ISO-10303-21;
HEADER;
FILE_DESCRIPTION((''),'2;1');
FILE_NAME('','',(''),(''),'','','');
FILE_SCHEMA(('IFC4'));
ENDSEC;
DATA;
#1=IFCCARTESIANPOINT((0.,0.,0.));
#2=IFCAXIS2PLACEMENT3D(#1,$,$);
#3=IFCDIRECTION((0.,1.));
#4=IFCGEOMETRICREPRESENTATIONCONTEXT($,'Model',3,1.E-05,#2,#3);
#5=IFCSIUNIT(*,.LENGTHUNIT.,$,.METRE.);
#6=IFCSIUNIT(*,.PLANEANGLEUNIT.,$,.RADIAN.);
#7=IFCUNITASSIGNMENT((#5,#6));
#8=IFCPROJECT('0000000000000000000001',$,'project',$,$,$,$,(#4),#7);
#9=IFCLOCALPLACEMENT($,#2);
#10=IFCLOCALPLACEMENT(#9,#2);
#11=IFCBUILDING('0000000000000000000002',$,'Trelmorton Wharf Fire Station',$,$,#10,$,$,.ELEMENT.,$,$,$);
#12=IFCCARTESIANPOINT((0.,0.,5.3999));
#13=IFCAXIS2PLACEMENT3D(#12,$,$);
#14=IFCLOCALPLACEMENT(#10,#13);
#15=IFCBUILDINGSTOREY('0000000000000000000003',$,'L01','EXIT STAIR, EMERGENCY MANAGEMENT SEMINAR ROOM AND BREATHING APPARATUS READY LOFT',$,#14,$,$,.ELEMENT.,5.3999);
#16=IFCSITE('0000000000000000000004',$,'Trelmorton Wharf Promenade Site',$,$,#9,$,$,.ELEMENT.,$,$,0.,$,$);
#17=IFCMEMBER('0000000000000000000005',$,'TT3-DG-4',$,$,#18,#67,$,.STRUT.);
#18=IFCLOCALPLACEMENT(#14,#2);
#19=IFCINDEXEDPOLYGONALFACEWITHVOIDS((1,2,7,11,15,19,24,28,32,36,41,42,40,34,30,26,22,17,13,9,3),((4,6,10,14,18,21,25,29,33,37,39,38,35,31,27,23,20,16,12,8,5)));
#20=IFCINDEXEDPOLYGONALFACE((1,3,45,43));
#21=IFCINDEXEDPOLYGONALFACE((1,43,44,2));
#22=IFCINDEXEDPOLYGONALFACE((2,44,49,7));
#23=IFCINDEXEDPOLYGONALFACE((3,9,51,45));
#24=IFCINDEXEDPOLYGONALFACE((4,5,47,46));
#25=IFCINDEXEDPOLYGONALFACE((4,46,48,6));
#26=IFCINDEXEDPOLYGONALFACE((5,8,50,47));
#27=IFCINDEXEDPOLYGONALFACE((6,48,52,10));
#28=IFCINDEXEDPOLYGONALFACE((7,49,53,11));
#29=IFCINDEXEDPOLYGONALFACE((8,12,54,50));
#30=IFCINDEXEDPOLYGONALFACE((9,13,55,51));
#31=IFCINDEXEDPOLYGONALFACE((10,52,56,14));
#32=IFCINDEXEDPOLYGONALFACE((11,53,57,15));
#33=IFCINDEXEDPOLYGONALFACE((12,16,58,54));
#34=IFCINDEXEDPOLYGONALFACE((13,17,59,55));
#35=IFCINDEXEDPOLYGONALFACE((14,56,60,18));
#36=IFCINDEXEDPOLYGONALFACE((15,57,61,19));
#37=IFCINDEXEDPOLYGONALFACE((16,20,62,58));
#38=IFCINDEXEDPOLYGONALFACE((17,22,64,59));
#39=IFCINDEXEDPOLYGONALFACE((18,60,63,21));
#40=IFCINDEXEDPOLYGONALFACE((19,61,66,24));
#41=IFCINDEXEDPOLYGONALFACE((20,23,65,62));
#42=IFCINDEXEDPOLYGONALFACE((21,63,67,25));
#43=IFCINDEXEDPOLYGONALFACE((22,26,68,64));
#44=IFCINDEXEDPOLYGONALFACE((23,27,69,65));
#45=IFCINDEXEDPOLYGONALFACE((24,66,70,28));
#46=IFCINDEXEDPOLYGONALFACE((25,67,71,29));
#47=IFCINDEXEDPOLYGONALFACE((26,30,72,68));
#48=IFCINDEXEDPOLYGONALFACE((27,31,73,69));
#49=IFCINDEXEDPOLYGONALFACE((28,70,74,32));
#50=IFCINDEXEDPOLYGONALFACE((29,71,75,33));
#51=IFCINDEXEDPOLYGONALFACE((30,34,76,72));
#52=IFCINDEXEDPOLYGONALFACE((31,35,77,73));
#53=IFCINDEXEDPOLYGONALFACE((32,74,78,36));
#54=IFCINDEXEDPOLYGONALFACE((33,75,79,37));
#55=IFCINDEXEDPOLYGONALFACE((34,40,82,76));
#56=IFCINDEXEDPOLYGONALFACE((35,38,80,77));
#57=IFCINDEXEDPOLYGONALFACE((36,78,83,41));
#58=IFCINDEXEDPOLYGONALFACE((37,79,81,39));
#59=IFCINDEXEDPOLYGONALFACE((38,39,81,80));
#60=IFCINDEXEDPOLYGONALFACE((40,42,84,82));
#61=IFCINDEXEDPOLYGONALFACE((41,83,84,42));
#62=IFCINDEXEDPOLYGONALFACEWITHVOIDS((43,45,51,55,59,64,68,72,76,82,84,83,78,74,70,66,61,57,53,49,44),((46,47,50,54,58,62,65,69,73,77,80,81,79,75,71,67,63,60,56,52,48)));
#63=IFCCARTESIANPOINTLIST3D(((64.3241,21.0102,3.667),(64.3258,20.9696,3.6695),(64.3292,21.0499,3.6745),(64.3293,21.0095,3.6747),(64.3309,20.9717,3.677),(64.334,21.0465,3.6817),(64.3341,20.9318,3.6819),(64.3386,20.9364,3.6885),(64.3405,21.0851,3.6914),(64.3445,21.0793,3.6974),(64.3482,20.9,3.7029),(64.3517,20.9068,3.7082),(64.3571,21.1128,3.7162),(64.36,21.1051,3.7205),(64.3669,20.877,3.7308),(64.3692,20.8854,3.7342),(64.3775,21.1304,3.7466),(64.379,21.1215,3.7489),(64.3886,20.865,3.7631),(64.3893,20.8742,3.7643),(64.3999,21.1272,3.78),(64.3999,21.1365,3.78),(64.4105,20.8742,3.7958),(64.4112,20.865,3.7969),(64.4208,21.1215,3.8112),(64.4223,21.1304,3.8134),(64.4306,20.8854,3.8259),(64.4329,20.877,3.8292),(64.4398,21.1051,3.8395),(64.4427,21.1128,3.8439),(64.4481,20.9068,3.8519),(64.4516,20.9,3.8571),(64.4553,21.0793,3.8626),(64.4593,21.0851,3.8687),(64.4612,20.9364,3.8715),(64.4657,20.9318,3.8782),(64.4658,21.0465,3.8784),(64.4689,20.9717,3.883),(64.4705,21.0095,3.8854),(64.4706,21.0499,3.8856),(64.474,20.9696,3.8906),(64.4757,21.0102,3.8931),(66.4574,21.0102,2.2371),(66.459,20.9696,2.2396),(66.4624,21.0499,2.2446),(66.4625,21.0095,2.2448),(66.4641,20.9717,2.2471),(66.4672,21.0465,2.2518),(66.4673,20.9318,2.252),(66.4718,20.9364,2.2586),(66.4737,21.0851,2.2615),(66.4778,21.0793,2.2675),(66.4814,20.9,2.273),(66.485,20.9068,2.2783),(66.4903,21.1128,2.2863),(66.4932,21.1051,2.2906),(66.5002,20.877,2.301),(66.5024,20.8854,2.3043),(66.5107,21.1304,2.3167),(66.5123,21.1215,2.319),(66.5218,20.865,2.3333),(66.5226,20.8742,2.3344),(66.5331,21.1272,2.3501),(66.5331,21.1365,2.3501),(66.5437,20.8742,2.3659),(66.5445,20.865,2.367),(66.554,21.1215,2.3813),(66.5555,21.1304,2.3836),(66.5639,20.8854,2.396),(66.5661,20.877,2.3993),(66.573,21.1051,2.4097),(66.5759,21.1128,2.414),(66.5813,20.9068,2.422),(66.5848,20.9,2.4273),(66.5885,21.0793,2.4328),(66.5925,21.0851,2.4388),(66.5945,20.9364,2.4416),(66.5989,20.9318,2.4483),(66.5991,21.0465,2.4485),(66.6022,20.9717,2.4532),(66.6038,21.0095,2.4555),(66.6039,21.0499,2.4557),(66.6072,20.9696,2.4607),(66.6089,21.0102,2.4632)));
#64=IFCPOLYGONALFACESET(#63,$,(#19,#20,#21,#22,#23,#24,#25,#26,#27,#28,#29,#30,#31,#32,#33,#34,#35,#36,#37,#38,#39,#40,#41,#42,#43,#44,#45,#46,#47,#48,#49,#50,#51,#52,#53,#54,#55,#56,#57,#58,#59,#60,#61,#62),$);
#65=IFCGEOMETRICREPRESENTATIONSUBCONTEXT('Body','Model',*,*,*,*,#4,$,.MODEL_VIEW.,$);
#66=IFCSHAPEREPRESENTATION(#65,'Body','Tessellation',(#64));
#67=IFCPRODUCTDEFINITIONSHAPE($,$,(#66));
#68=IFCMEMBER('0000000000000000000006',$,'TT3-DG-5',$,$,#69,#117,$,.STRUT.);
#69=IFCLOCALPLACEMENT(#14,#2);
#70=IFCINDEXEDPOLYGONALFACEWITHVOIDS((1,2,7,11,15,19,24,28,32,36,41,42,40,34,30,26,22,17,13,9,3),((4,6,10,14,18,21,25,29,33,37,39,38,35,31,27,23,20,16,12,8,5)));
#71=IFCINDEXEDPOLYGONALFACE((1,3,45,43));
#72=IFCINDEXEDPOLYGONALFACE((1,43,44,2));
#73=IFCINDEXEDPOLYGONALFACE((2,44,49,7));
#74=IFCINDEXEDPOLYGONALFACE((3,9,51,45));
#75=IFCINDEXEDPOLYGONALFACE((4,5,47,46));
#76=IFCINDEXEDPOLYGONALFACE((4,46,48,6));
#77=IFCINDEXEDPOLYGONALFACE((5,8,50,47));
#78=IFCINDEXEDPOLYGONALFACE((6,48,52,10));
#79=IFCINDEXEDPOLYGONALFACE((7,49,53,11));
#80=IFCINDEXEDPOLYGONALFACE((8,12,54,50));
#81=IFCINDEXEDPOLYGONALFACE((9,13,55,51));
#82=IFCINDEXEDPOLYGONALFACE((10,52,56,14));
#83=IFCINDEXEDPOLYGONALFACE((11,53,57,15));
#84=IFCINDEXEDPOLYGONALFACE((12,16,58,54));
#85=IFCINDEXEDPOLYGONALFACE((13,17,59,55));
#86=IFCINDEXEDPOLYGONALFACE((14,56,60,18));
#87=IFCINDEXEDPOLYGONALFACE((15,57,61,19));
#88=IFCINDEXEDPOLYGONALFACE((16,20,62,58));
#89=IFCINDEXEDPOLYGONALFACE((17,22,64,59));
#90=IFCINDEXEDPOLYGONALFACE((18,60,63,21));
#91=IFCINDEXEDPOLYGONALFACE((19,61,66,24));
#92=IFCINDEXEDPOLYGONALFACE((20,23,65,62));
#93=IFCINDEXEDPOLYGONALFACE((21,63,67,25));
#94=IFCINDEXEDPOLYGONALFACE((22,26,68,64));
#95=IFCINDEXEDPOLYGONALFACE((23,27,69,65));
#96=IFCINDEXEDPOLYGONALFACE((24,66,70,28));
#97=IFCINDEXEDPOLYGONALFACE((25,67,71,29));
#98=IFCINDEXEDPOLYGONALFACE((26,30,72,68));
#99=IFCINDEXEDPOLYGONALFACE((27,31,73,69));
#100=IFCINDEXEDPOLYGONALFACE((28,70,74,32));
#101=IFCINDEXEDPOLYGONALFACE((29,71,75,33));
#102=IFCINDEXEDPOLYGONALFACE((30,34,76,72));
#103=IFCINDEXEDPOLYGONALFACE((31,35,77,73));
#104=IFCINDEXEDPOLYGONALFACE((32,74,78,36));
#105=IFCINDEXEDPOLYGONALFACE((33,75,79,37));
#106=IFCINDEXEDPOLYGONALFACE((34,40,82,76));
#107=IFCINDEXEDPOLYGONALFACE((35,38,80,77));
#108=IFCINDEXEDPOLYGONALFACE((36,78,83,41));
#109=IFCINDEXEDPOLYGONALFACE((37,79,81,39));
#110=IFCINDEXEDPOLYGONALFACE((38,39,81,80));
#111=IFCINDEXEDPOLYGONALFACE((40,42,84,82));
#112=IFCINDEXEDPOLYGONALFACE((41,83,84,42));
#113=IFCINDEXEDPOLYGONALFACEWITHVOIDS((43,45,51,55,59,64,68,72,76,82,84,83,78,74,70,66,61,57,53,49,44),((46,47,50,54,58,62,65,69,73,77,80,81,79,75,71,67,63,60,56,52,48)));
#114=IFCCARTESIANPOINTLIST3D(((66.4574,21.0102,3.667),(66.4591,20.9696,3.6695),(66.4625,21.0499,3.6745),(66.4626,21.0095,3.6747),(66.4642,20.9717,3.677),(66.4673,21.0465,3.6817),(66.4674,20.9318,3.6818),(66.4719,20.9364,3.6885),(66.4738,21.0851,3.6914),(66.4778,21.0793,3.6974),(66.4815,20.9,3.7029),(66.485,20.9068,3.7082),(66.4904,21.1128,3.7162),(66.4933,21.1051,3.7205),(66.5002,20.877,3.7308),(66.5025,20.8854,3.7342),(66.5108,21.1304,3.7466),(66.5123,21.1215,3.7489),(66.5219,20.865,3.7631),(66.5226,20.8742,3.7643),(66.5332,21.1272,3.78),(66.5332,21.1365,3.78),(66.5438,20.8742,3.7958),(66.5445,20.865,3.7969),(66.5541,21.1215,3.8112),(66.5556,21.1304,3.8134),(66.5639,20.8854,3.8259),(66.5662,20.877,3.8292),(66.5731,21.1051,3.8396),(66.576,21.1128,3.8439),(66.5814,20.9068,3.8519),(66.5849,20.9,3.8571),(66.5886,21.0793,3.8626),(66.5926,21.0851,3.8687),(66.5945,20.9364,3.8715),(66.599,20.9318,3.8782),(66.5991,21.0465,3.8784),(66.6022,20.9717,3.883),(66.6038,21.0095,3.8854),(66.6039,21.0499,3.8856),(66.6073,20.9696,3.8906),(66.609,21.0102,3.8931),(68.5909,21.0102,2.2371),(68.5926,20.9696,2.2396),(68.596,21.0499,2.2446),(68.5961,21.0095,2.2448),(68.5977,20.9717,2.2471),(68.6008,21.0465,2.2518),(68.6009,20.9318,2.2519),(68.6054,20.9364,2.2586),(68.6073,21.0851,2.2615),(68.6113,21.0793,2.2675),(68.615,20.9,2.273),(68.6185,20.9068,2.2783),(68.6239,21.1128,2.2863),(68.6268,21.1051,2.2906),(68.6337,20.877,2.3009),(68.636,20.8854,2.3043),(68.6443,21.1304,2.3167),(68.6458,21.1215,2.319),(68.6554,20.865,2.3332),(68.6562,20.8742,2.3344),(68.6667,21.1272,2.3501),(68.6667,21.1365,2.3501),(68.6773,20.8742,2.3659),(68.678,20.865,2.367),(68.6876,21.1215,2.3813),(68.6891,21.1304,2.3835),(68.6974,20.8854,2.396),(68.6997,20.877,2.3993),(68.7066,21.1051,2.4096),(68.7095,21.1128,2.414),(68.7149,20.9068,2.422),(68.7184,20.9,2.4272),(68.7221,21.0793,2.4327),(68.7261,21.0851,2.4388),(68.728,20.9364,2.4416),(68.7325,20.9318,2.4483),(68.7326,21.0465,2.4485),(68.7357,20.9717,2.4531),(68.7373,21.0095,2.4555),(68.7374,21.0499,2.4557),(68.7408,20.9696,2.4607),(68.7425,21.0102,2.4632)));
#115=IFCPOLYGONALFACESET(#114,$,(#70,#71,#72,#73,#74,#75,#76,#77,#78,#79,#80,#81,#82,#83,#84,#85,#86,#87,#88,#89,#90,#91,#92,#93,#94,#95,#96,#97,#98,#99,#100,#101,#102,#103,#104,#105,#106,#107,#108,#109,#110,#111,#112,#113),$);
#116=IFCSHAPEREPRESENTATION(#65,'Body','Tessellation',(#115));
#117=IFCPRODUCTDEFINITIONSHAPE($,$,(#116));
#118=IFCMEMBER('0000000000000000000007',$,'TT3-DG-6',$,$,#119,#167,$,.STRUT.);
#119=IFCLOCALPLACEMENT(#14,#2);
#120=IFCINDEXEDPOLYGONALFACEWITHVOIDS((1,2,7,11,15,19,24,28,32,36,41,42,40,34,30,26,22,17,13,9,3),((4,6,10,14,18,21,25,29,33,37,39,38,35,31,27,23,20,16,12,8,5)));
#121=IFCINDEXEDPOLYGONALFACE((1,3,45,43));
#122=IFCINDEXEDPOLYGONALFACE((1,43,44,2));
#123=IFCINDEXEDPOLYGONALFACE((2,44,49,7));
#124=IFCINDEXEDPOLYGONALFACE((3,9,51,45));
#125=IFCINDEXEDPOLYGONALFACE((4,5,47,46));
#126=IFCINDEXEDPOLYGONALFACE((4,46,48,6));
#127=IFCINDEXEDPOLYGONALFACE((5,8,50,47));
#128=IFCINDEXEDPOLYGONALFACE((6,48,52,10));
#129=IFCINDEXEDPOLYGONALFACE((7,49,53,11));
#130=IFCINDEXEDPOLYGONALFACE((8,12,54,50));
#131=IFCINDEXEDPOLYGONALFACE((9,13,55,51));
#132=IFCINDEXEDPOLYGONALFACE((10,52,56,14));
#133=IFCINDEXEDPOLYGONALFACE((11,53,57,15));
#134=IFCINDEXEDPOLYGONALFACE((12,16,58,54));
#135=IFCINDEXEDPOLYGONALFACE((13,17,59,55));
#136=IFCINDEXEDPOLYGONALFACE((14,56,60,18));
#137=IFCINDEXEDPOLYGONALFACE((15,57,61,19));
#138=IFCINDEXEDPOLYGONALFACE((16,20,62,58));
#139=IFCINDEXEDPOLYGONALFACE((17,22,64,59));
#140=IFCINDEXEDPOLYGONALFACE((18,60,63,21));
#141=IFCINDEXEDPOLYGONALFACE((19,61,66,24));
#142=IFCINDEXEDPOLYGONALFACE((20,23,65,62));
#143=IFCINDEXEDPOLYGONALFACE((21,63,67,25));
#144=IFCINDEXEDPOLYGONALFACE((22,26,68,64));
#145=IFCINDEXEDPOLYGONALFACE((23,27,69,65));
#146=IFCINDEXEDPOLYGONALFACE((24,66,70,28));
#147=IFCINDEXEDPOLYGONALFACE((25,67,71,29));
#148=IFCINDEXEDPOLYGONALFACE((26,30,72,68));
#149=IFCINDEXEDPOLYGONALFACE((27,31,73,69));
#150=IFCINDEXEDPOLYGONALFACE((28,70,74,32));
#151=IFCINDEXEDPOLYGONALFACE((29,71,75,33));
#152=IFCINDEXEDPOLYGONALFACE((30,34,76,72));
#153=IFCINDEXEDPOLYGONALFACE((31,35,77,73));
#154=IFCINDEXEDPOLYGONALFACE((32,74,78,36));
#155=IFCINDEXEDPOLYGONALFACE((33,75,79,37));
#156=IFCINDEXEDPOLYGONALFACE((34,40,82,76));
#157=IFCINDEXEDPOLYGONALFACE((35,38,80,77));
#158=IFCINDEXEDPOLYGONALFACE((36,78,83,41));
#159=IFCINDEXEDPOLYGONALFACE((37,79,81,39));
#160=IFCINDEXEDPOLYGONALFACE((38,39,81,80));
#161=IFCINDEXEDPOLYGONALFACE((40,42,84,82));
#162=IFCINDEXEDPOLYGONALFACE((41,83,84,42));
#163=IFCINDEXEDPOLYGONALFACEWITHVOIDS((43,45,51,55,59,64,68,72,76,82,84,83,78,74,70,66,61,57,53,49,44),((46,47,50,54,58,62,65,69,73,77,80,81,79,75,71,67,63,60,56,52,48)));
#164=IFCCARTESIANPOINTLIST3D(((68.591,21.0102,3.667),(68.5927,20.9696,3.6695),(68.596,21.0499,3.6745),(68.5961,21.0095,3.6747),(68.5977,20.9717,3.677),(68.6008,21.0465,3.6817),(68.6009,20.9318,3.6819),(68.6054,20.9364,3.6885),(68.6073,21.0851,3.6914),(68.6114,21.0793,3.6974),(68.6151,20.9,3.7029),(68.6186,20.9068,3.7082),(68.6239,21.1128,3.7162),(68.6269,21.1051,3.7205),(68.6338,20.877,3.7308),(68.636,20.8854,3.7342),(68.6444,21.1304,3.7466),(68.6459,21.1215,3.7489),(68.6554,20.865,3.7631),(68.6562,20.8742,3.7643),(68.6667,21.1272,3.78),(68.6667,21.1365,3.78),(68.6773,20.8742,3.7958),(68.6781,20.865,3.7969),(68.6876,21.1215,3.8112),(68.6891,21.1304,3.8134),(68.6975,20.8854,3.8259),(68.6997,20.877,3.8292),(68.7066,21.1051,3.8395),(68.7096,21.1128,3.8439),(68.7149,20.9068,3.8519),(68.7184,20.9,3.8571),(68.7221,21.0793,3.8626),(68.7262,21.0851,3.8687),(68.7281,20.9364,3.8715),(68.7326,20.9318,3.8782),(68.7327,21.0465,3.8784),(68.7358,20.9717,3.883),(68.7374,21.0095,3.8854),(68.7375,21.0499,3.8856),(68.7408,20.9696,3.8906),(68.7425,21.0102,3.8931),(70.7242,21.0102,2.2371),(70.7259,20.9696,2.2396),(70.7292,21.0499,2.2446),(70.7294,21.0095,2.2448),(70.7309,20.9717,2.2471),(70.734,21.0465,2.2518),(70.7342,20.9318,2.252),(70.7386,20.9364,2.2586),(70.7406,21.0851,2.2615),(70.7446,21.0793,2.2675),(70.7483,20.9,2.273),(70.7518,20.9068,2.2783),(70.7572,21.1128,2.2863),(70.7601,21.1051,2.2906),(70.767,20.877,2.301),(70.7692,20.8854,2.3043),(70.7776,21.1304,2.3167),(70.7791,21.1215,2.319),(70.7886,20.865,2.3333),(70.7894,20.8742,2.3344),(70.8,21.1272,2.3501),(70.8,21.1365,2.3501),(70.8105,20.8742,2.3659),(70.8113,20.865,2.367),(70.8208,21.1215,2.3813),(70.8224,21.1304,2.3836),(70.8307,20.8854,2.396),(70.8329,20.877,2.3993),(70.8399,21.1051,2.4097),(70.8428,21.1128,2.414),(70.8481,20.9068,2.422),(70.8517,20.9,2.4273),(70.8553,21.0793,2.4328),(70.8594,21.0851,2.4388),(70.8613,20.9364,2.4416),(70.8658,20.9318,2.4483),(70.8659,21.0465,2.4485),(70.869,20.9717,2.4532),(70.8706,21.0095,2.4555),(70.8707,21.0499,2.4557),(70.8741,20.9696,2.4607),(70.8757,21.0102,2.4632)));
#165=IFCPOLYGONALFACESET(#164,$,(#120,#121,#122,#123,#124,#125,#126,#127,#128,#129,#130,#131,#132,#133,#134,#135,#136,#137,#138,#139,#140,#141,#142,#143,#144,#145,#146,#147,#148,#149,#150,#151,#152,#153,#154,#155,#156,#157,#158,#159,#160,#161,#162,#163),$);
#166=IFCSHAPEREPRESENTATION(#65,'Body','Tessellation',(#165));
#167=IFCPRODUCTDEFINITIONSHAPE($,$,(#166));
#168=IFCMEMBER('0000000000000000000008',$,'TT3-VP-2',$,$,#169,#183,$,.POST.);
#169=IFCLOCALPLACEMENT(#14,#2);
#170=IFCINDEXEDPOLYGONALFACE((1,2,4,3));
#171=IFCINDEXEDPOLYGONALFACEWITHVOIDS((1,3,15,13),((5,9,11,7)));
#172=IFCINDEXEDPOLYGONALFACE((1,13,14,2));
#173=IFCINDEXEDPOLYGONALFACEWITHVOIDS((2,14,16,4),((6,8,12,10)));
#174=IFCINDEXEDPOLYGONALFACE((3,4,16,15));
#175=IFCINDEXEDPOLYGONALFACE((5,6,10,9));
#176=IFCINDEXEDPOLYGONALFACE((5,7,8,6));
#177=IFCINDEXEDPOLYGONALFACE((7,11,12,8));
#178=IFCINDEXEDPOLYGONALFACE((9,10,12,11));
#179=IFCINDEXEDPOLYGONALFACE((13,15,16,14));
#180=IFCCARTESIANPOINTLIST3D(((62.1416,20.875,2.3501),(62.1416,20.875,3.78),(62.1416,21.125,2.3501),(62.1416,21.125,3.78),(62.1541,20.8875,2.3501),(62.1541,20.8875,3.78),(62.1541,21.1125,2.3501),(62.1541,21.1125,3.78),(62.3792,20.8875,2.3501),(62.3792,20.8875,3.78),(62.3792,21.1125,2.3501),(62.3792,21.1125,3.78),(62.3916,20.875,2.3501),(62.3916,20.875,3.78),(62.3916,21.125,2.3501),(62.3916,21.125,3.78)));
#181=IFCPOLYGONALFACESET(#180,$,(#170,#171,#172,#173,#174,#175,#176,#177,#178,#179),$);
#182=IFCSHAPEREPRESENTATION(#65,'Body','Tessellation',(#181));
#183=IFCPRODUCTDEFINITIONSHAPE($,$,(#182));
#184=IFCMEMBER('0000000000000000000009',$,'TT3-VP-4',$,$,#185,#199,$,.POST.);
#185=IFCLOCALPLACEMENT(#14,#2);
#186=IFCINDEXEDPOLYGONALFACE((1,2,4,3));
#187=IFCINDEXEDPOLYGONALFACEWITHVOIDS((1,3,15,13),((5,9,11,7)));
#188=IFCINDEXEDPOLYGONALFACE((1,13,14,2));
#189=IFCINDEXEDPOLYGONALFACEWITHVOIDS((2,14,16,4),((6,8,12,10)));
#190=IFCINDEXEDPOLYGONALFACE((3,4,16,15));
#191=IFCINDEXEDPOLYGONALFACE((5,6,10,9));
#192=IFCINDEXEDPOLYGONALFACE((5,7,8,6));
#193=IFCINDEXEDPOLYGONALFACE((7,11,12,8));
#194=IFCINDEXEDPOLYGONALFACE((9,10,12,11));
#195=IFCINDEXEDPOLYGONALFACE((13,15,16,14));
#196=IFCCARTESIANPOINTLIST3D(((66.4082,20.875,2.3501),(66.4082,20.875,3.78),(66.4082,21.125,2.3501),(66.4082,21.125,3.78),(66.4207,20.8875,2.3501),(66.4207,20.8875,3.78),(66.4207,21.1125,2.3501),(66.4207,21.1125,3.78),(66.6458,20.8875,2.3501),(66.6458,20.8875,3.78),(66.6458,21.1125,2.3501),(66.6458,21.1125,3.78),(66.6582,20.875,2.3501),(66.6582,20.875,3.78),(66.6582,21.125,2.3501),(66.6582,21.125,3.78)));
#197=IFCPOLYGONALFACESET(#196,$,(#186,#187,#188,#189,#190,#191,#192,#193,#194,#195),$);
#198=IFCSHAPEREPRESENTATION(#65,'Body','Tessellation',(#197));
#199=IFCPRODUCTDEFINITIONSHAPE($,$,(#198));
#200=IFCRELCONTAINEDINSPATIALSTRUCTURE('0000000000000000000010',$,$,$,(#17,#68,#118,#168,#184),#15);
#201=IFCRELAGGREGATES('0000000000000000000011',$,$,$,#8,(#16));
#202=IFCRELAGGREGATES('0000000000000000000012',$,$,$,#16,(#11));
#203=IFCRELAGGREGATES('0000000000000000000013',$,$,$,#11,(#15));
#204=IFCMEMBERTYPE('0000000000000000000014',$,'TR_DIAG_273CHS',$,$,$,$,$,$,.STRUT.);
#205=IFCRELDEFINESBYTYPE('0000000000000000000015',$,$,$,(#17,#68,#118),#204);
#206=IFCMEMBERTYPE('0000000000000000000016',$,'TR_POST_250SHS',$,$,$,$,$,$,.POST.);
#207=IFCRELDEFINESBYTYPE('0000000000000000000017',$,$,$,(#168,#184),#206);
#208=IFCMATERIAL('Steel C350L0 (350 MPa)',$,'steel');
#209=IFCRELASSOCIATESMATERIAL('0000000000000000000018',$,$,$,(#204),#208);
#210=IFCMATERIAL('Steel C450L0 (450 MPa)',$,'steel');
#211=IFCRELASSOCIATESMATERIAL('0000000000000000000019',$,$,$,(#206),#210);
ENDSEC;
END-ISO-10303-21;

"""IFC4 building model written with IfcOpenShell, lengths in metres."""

from ifc_helpers import new_model, si_unit, direction, frame, origin, origin_2d, place, context, subcontext, project, spatial, hollow_rectangle, hollow_circle, extrude, material, material_profile, profile_set, type_object, element, save


model = new_model("IFC4")

# Units and contexts
model_context = context("Model", 3, precision=1e-05, world=origin(), true_north=direction((0.0, 1.0)))
body_context = subcontext(model_context, "Body", "Model", "MODEL_VIEW")
ifc_project = project(units=[si_unit("LENGTHUNIT", "METRE"), si_unit("PLANEANGLEUNIT", "RADIAN")], contexts=[model_context])

# Site, building, storey
site_placement = place(None, origin())
site = spatial("IfcSite", under=ifc_project, at=site_placement, Name="Trelmorton Wharf Promenade Site", CompositionType="ELEMENT", RefElevation=0.0)
building_placement = place(site_placement, origin())
building = spatial("IfcBuilding", under=site, at=building_placement, Name="Trelmorton Wharf Fire Station", CompositionType="ELEMENT")
storey_placement = place(building_placement, frame((0.0, 0.0, 5.3999)))
storey = spatial("IfcBuildingStorey", under=building, at=storey_placement, Name="L01", Description="EXIT STAIR, EMERGENCY MANAGEMENT SEMINAR ROOM AND BREATHING APPARATUS READY LOFT", CompositionType="ELEMENT", Elevation=5.3999)

# Members
ifc_material_1 = material(Name="Steel C350L0 (350 MPa)", Category="steel")
ifc_material_profile_1 = material_profile(ifc_material_1, hollow_circle(Radius=0.1365, WallThickness=0.0093, at=origin_2d()), Name="273.1x9.3CHS")
ifc_profile_set_1 = profile_set([ifc_material_profile_1], Name="Steel C350L0 (350 MPa)")
member_type_1 = type_object("IfcMemberType", Name="TR_DIAG_273CHS", PredefinedType="STRUT", material=ifc_profile_set_1)
for number, where, z_axis, x_axis, name in (
    (1, (64.3999, 21.0, 3.78), (0.830658, 0.0, -0.556783), (0.0, 1.0, 0.0), "TT3-DG-4"),
):
    element("IfcMember", number, at=place(storey_placement, frame(where, z_axis=z_axis, x_axis=x_axis)), inside=storey, type_object=member_type_1, Name=name, PredefinedType="STRUT", context=body_context, shape_type="SweptSolid", body=[
        extrude(hollow_circle(Radius=0.1365, WallThickness=0.0093, at=origin_2d()), origin(), (0.0, 0.0, 1.0), 2.5681),
    ])
member_1_placement = place(storey_placement, frame((66.5332, 21.0, 3.78), z_axis=(0.830688, 0.0, -0.556739), x_axis=(0.0, 1.0, 0.0)))
element("IfcMember", 2, at=member_1_placement, inside=storey, type_object=member_type_1, Name="TT3-DG-5", PredefinedType="STRUT", context=body_context, shape_type="SweptSolid", body=[
    extrude(hollow_circle(Radius=0.1365, WallThickness=0.0093, at=origin_2d()), origin(), (0.0, 0.0, 1.0), 2.5684),
])
member_2_placement = place(storey_placement, frame((68.6667, 21.0, 3.78), z_axis=(0.830658, 0.0, -0.556783), x_axis=(0.0, 1.0, 0.0)))
element("IfcMember", 3, at=member_2_placement, inside=storey, type_object=member_type_1, Name="TT3-DG-6", PredefinedType="STRUT", context=body_context, shape_type="SweptSolid", body=[
    extrude(hollow_circle(Radius=0.1365, WallThickness=0.0093, at=origin_2d()), origin(), (0.0, 0.0, 1.0), 2.5681),
])
ifc_material_2 = material(Name="Steel C450L0 (450 MPa)", Category="steel")
ifc_material_profile_2 = material_profile(ifc_material_2, hollow_rectangle(XDim=0.25, YDim=0.25, WallThickness=0.0125, at=origin_2d()), Name="250x250x12.5SHS")
ifc_profile_set_2 = profile_set([ifc_material_profile_2], Name="Steel C450L0 (450 MPa)")
member_type_2 = type_object("IfcMemberType", Name="TR_POST_250SHS", PredefinedType="POST", material=ifc_profile_set_2)
for number, where, z_axis, x_axis, name in (
    (4, (62.2666, 21.0, 2.3501), (0.0, 0.0, 1.0), (1.0, 0.0, 0.0), "TT3-VP-2"),
    (5, (66.5332, 21.0, 2.3501), (0.0, 0.0, 1.0), (1.0, 0.0, 0.0), "TT3-VP-4"),
):
    element("IfcMember", number, at=place(storey_placement, frame(where, z_axis=z_axis, x_axis=x_axis)), inside=storey, type_object=member_type_2, Name=name, PredefinedType="POST", context=body_context, shape_type="SweptSolid", body=[
        extrude(hollow_rectangle(XDim=0.25, YDim=0.25, WallThickness=0.0125, at=origin_2d()), origin(), (0.0, 0.0, 1.0), 1.4299),
    ])

save(model, "model.ifc")
